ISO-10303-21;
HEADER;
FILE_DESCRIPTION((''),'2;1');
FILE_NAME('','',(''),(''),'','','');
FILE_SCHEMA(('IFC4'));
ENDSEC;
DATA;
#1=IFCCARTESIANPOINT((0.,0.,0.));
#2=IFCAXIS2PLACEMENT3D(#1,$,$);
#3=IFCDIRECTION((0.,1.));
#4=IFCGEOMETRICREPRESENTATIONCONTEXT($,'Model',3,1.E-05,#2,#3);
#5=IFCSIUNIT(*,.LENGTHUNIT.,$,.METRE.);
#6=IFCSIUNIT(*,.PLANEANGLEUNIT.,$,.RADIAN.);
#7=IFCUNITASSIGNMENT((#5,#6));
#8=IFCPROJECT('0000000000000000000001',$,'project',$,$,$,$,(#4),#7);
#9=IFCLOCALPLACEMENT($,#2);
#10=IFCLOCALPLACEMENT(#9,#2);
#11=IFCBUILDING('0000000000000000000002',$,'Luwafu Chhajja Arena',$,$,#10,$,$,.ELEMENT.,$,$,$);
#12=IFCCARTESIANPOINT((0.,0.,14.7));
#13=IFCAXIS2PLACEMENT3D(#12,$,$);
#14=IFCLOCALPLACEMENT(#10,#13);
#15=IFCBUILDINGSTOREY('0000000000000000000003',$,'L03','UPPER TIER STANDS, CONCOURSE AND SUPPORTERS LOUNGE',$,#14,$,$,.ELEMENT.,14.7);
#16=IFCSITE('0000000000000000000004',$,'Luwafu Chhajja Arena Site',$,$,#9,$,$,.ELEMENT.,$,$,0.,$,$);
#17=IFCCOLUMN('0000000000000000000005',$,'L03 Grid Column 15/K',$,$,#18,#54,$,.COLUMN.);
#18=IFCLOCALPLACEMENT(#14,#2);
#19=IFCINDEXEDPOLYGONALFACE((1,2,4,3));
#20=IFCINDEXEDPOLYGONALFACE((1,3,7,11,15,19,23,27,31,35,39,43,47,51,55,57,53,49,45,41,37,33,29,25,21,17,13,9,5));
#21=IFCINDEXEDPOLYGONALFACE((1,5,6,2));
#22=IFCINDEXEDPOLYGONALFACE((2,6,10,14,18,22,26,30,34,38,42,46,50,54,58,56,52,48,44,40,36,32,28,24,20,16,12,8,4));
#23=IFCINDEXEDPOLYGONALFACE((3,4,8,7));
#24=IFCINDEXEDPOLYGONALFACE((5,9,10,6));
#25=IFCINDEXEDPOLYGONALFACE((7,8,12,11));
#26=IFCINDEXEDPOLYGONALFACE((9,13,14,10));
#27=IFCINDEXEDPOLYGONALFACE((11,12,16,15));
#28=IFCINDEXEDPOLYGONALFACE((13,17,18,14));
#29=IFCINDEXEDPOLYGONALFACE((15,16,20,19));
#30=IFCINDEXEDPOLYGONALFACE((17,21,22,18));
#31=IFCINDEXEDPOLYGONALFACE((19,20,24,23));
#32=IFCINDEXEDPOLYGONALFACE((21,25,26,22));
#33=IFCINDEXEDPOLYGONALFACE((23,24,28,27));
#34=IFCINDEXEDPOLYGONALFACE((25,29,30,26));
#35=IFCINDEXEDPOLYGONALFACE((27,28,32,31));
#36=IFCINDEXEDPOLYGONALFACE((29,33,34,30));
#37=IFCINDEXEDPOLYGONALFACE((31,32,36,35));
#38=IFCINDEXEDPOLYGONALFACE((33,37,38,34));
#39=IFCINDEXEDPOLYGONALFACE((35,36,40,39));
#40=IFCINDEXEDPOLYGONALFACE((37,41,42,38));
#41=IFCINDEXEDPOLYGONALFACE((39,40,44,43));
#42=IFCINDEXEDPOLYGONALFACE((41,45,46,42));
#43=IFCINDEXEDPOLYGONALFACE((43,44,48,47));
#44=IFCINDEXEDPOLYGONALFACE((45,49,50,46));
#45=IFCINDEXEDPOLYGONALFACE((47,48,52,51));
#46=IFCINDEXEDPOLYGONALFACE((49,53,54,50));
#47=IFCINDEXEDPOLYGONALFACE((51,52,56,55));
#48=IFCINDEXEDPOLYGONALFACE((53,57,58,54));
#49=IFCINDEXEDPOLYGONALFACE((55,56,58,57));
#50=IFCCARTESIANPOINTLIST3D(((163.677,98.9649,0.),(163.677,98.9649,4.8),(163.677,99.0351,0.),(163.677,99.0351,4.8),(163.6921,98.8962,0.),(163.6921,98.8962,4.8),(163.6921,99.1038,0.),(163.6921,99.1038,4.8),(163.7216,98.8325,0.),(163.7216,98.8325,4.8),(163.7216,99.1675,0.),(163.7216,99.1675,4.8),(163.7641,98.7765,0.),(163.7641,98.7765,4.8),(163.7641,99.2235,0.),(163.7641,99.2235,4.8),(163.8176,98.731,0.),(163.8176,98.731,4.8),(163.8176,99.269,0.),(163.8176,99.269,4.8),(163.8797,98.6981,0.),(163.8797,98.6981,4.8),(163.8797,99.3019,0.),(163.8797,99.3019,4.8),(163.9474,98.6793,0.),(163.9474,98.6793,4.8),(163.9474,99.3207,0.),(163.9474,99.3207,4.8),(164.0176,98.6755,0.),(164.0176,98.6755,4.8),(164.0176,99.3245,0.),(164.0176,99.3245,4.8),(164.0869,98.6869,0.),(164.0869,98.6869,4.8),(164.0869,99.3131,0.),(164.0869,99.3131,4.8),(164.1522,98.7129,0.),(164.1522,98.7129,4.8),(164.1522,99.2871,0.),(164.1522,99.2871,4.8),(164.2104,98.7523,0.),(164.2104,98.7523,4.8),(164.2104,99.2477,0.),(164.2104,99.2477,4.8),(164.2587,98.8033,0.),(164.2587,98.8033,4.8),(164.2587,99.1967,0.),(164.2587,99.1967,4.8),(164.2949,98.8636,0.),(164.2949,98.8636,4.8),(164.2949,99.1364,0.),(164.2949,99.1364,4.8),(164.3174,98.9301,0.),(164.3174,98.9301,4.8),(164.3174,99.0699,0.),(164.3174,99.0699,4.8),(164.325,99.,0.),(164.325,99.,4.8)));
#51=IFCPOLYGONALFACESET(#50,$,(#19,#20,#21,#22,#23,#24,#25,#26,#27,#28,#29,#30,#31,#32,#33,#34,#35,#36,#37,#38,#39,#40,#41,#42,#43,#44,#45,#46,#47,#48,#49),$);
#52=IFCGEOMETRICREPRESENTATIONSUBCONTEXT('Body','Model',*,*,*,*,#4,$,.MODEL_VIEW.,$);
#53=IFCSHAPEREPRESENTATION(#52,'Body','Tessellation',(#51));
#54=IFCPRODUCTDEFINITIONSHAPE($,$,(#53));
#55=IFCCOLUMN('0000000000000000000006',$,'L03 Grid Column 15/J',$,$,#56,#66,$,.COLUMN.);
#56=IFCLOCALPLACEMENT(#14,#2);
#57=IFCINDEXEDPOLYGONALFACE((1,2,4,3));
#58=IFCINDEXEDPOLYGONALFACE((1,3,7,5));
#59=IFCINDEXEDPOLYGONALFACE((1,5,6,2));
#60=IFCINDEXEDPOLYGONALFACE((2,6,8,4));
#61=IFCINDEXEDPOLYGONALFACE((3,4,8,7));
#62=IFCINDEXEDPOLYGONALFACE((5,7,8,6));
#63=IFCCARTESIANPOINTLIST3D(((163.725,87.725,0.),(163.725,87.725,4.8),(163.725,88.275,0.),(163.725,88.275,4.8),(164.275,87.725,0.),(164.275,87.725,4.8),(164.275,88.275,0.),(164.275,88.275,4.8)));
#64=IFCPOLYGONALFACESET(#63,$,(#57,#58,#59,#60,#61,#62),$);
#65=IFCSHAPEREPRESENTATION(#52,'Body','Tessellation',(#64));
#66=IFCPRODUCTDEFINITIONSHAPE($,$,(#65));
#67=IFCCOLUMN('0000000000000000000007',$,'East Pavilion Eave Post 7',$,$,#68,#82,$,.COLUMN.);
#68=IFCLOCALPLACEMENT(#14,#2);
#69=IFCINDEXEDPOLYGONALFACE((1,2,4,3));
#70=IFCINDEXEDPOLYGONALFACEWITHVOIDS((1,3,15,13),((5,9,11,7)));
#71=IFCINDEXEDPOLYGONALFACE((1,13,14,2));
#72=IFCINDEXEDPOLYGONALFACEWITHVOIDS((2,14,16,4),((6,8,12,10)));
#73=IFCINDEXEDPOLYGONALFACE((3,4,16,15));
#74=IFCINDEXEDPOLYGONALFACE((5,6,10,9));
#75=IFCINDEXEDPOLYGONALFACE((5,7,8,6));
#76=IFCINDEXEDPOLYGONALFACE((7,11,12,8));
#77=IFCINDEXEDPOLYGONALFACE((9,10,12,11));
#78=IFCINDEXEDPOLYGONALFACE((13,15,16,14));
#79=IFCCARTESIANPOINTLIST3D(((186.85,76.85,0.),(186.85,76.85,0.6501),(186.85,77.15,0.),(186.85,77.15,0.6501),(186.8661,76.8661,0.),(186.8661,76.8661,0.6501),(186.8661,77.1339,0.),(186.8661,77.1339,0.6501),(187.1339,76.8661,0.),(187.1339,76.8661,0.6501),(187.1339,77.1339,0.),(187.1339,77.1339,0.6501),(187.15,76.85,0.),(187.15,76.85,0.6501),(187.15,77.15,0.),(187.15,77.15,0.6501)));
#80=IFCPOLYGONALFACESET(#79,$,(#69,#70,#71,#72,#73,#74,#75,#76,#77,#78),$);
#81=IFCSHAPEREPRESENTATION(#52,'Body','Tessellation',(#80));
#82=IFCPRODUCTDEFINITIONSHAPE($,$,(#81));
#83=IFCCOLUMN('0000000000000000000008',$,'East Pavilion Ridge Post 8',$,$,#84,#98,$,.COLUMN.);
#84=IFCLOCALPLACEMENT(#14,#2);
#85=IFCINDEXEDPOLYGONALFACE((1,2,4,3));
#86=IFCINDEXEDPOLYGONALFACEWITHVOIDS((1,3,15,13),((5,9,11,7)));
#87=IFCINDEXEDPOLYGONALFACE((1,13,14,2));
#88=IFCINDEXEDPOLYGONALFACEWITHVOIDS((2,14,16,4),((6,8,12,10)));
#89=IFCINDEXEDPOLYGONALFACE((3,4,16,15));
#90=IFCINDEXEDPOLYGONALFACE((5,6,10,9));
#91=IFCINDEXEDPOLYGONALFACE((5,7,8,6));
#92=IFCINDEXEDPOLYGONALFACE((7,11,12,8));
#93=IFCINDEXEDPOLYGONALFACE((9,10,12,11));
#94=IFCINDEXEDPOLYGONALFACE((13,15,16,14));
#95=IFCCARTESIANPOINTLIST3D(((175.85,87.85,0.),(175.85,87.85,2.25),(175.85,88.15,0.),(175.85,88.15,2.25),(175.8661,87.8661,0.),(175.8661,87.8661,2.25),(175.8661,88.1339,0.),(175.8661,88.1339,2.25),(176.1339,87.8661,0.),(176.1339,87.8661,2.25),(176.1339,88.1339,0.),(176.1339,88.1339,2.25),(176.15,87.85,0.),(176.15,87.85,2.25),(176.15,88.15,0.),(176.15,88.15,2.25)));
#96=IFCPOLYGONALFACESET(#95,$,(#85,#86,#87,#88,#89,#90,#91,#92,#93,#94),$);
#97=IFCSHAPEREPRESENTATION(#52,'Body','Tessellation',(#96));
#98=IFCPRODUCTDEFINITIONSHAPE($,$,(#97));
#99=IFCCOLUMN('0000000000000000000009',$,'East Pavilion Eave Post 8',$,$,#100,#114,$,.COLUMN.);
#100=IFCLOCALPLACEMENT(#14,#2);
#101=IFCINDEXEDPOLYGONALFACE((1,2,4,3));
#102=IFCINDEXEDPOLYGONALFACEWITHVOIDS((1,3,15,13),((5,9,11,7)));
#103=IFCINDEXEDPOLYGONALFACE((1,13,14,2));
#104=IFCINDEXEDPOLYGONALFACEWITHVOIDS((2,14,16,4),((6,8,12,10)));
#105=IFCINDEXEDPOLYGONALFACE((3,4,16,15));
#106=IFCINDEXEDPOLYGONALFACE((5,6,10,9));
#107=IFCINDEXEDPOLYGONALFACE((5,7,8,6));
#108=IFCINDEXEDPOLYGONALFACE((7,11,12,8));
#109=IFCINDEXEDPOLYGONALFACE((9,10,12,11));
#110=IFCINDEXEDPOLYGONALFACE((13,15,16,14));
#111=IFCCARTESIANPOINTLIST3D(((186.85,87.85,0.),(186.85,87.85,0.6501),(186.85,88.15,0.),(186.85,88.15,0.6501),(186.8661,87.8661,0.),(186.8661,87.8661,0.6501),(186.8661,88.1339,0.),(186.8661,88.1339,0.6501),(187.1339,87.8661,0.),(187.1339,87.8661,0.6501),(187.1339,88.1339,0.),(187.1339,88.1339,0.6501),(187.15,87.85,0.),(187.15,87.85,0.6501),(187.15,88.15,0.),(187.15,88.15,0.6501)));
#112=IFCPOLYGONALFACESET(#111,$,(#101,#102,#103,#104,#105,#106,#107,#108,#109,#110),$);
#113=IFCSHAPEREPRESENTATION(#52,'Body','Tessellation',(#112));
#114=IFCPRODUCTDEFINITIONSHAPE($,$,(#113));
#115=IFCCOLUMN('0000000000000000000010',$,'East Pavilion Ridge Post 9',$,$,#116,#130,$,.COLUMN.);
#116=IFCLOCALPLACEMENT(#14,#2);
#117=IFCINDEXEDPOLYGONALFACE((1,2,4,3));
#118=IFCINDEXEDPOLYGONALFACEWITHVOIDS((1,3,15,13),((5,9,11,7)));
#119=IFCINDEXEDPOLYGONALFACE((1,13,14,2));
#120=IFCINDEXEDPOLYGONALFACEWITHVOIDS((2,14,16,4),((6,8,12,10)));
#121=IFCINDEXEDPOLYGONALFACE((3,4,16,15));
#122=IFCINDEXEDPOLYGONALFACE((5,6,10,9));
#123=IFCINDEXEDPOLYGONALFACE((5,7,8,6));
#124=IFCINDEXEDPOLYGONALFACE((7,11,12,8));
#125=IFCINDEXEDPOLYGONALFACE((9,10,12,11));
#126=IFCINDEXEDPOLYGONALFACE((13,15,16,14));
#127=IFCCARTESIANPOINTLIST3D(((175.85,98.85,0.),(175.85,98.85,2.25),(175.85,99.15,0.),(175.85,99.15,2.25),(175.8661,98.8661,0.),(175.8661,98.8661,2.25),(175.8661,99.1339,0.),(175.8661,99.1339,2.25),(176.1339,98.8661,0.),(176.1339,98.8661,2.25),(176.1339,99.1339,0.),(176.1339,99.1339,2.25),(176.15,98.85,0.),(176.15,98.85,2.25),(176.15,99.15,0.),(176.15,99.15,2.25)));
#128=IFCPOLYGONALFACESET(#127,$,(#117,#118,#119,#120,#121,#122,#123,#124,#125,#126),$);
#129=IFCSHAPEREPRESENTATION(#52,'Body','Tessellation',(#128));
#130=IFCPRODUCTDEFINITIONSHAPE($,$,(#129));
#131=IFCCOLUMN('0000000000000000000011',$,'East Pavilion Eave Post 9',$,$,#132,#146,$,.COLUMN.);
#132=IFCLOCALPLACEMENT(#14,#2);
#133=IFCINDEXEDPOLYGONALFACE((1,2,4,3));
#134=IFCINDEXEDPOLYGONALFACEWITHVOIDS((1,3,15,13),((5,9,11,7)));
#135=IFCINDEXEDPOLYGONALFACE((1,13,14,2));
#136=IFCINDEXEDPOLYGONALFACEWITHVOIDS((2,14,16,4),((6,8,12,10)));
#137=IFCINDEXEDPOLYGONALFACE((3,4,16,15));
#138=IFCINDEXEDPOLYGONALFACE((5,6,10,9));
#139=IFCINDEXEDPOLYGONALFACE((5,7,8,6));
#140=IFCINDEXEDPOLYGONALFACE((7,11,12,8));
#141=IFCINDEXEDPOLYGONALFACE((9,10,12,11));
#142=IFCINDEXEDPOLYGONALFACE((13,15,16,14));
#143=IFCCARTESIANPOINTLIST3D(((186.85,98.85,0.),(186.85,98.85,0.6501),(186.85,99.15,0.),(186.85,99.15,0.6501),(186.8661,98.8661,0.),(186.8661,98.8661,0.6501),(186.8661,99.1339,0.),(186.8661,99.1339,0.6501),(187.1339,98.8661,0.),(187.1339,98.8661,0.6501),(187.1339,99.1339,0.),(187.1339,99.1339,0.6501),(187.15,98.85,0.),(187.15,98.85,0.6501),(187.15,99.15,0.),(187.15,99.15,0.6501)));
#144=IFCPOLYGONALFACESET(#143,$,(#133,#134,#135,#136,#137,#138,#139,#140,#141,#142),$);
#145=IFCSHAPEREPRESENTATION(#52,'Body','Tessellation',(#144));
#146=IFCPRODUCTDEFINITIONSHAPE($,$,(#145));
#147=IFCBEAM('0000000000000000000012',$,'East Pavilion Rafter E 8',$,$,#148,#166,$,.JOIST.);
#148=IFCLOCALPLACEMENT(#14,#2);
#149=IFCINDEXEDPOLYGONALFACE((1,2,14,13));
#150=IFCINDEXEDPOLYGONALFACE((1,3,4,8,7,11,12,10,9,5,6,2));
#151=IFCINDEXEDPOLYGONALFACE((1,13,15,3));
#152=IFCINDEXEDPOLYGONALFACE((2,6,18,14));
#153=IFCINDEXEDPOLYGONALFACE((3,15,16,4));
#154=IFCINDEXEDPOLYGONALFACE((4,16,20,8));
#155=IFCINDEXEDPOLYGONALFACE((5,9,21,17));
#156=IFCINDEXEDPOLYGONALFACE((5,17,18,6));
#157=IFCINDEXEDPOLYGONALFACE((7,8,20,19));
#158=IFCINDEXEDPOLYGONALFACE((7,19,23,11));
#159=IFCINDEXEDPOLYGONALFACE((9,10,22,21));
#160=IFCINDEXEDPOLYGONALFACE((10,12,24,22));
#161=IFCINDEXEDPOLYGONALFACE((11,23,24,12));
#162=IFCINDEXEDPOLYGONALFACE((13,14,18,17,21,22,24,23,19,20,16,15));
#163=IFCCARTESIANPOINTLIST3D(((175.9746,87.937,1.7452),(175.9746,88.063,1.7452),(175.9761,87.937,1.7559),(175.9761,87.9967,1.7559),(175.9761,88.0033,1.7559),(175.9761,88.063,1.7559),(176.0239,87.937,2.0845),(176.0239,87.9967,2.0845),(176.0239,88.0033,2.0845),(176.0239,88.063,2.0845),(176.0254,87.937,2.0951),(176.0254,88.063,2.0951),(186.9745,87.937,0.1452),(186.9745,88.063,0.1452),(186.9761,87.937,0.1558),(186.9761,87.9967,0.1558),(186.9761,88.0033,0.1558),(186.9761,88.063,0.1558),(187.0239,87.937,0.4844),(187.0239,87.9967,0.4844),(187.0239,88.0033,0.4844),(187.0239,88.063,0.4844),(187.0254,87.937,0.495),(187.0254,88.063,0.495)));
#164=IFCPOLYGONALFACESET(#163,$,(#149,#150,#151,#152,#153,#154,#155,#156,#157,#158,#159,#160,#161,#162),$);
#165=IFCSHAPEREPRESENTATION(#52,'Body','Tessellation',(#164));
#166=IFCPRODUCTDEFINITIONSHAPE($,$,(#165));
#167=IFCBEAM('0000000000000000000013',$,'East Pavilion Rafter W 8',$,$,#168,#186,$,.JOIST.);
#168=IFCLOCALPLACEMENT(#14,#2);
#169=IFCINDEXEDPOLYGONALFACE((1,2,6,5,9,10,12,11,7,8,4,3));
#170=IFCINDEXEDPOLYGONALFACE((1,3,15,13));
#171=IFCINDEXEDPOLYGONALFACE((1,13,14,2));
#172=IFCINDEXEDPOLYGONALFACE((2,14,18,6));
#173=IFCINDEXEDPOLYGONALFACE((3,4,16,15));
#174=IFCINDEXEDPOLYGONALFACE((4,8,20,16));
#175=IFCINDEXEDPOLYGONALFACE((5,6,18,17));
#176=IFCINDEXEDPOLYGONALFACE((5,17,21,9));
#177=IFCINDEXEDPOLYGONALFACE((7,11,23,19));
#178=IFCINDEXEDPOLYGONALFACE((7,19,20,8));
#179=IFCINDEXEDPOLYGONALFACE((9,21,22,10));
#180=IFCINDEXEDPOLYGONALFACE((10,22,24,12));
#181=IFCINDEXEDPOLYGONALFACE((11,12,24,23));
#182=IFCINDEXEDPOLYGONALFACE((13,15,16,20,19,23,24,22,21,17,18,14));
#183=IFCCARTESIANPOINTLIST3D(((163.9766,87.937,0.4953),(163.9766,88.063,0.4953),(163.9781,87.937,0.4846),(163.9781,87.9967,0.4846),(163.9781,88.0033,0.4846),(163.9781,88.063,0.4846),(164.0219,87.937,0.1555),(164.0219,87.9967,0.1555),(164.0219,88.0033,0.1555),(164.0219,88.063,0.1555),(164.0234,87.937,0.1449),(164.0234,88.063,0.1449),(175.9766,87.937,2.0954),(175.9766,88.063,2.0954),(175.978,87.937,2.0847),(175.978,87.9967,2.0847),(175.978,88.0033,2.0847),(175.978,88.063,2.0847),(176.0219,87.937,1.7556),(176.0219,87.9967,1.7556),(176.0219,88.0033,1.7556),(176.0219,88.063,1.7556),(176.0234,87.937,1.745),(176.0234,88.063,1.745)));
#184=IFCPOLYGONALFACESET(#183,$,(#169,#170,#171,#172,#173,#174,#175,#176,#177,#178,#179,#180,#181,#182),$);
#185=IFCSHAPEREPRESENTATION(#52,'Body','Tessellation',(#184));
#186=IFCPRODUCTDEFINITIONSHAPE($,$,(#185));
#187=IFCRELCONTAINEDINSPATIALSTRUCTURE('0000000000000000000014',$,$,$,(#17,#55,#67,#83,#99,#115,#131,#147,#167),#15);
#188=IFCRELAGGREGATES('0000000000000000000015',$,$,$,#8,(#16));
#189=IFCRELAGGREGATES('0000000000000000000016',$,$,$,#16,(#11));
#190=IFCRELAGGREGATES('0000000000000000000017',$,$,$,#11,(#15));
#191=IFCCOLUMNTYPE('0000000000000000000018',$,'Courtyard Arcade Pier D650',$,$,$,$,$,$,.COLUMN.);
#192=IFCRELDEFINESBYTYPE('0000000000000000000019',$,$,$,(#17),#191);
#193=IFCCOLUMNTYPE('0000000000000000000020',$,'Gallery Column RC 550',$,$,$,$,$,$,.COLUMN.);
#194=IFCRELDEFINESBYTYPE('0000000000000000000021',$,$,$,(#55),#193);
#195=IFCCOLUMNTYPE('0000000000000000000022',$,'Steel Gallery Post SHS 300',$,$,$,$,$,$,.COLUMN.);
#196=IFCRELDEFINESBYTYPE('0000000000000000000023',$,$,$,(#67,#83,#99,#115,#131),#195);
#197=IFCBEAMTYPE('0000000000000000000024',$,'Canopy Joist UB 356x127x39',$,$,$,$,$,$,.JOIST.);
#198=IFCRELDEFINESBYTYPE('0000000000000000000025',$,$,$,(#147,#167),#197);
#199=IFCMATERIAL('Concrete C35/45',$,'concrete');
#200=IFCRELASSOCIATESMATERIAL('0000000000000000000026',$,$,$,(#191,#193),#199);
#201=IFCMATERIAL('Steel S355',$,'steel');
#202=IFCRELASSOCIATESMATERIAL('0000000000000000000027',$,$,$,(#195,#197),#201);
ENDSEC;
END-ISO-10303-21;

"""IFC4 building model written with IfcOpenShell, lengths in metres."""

from ifc_helpers import new_model, si_unit, direction, frame, origin, origin_2d, place, context, subcontext, project, spatial, rectangle, hollow_rectangle, circle, i_section, extrude, material, material_profile, profile_set, type_object, element, save


model = new_model("IFC4")

# Units and contexts
model_context = context("Model", 3, precision=1e-05, world=origin(), true_north=direction((0.0, 1.0)))
body_context = subcontext(model_context, "Body", "Model", "MODEL_VIEW")
ifc_project = project(units=[si_unit("LENGTHUNIT", "METRE"), si_unit("PLANEANGLEUNIT", "RADIAN")], contexts=[model_context])

# Site, building, storey
site_placement = place(None, origin())
site = spatial("IfcSite", under=ifc_project, at=site_placement, Name="Luwafu Chhajja Arena Site", CompositionType="ELEMENT", RefElevation=0.0)
building_placement = place(site_placement, origin())
building = spatial("IfcBuilding", under=site, at=building_placement, Name="Luwafu Chhajja Arena", CompositionType="ELEMENT")
storey_placement = place(building_placement, frame((0.0, 0.0, 14.7)))
storey = spatial("IfcBuildingStorey", under=building, at=storey_placement, Name="L03", Description="UPPER TIER STANDS, CONCOURSE AND SUPPORTERS LOUNGE", CompositionType="ELEMENT", Elevation=14.7)

# Columns
ifc_material_1 = material(Name="Concrete C35/45", Category="concrete")
ifc_material_profile_1 = material_profile(ifc_material_1, circle(Radius=0.325, at=origin_2d()), Name="RC COL D650")
ifc_profile_set_1 = profile_set([ifc_material_profile_1], Name="Concrete C35/45")
column_type_1 = type_object("IfcColumnType", Name="Courtyard Arcade Pier D650", PredefinedType="COLUMN", material=ifc_profile_set_1)
column_1_placement = place(storey_placement, frame((164.0, 99.0, 0.0), z_axis=(0.0, 0.0, 1.0), x_axis=(1.0, 0.0, 0.0)))
element("IfcColumn", 1, at=column_1_placement, inside=storey, type_object=column_type_1, Name="L03 Grid Column 15/K", PredefinedType="COLUMN", context=body_context, shape_type="SweptSolid", body=[
    extrude(circle(Radius=0.325, at=origin_2d()), origin(), (0.0, 0.0, 1.0), 4.8),
])
ifc_material_profile_2 = material_profile(ifc_material_1, rectangle(XDim=0.55, YDim=0.55, at=origin_2d()), Name="RC 550x550")
ifc_profile_set_2 = profile_set([ifc_material_profile_2], Name="Concrete C35/45")
column_type_2 = type_object("IfcColumnType", Name="Gallery Column RC 550", PredefinedType="COLUMN", material=ifc_profile_set_2)
column_2_placement = place(storey_placement, frame((164.0, 88.0, 0.0), z_axis=(0.0, 0.0, 1.0), x_axis=(1.0, 0.0, 0.0)))
element("IfcColumn", 2, at=column_2_placement, inside=storey, type_object=column_type_2, Name="L03 Grid Column 15/J", PredefinedType="COLUMN", context=body_context, shape_type="SweptSolid", body=[
    extrude(rectangle(XDim=0.55, YDim=0.55, at=origin_2d()), origin(), (0.0, 0.0, 1.0), 4.8),
])
ifc_material_2 = material(Name="Steel S355", Category="steel")
ifc_material_profile_3 = material_profile(ifc_material_2, hollow_rectangle(XDim=0.3, YDim=0.3, WallThickness=0.0161, at=origin_2d()), Name="SHS 300x300x16")
ifc_profile_set_3 = profile_set([ifc_material_profile_3], Name="Steel S355")
column_type_3 = type_object("IfcColumnType", Name="Steel Gallery Post SHS 300", PredefinedType="COLUMN", material=ifc_profile_set_3)
column_3_placement = place(storey_placement, frame((187.0, 77.0, 0.0), z_axis=(0.0, 0.0, 1.0), x_axis=(1.0, 0.0, 0.0)))
element("IfcColumn", 3, at=column_3_placement, inside=storey, type_object=column_type_3, Name="East Pavilion Eave Post 7", PredefinedType="COLUMN", context=body_context, shape_type="SweptSolid", body=[
    extrude(hollow_rectangle(XDim=0.3, YDim=0.3, WallThickness=0.0161, at=origin_2d()), origin(), (0.0, 0.0, 1.0), 0.6501),
])
column_4_placement = place(storey_placement, frame((176.0, 88.0, 0.0), z_axis=(0.0, 0.0, 1.0), x_axis=(1.0, 0.0, 0.0)))
element("IfcColumn", 4, at=column_4_placement, inside=storey, type_object=column_type_3, Name="East Pavilion Ridge Post 8", PredefinedType="COLUMN", context=body_context, shape_type="SweptSolid", body=[
    extrude(hollow_rectangle(XDim=0.3, YDim=0.3, WallThickness=0.0161, at=origin_2d()), origin(), (0.0, 0.0, 1.0), 2.25),
])
column_5_placement = place(storey_placement, frame((187.0, 88.0, 0.0), z_axis=(0.0, 0.0, 1.0), x_axis=(1.0, 0.0, 0.0)))
element("IfcColumn", 5, at=column_5_placement, inside=storey, type_object=column_type_3, Name="East Pavilion Eave Post 8", PredefinedType="COLUMN", context=body_context, shape_type="SweptSolid", body=[
    extrude(hollow_rectangle(XDim=0.3, YDim=0.3, WallThickness=0.0161, at=origin_2d()), origin(), (0.0, 0.0, 1.0), 0.6501),
])
column_6_placement = place(storey_placement, frame((176.0, 99.0, 0.0), z_axis=(0.0, 0.0, 1.0), x_axis=(1.0, 0.0, 0.0)))
element("IfcColumn", 6, at=column_6_placement, inside=storey, type_object=column_type_3, Name="East Pavilion Ridge Post 9", PredefinedType="COLUMN", context=body_context, shape_type="SweptSolid", body=[
    extrude(hollow_rectangle(XDim=0.3, YDim=0.3, WallThickness=0.0161, at=origin_2d()), origin(), (0.0, 0.0, 1.0), 2.25),
])
column_7_placement = place(storey_placement, frame((187.0, 99.0, 0.0), z_axis=(0.0, 0.0, 1.0), x_axis=(1.0, 0.0, 0.0)))
element("IfcColumn", 7, at=column_7_placement, inside=storey, type_object=column_type_3, Name="East Pavilion Eave Post 9", PredefinedType="COLUMN", context=body_context, shape_type="SweptSolid", body=[
    extrude(hollow_rectangle(XDim=0.3, YDim=0.3, WallThickness=0.0161, at=origin_2d()), origin(), (0.0, 0.0, 1.0), 0.6501),
])

# Beams
ifc_material_profile_4 = material_profile(ifc_material_2, i_section(OverallWidth=0.126, OverallDepth=0.3535, WebThickness=0.0066, FlangeThickness=0.0107, at=origin_2d()), Name="UB 356x127x39")
ifc_profile_set_4 = profile_set([ifc_material_profile_4], Name="Steel S355")
beam_type_1 = type_object("IfcBeamType", Name="Canopy Joist UB 356x127x39", PredefinedType="JOIST", material=ifc_profile_set_4)
beam_1_placement = place(storey_placement, frame((176.0, 88.0, 1.9202), z_axis=(0.989585, 0.0, -0.143948), x_axis=(0.0, 1.0, 0.0)))
element("IfcBeam", 8, at=beam_1_placement, inside=storey, type_object=beam_type_1, Name="East Pavilion Rafter E 8", PredefinedType="JOIST", context=body_context, shape_type="SweptSolid", body=[
    extrude(i_section(OverallWidth=0.126, OverallDepth=0.3535, WebThickness=0.0066, FlangeThickness=0.0107, at=origin_2d()), origin(), (0.0, 0.0, 1.0), 11.1157),
])
beam_2_placement = place(storey_placement, frame((164.0, 88.0, 0.3201), z_axis=(0.991227, 0.0, 0.132172), x_axis=(0.0, 1.0, 0.0)))
element("IfcBeam", 9, at=beam_2_placement, inside=storey, type_object=beam_type_1, Name="East Pavilion Rafter W 8", PredefinedType="JOIST", context=body_context, shape_type="SweptSolid", body=[
    extrude(i_section(OverallWidth=0.126, OverallDepth=0.3535, WebThickness=0.0066, FlangeThickness=0.0107, at=origin_2d()), origin(), (0.0, 0.0, 1.0), 12.1062),
])

save(model, "model.ifc")
